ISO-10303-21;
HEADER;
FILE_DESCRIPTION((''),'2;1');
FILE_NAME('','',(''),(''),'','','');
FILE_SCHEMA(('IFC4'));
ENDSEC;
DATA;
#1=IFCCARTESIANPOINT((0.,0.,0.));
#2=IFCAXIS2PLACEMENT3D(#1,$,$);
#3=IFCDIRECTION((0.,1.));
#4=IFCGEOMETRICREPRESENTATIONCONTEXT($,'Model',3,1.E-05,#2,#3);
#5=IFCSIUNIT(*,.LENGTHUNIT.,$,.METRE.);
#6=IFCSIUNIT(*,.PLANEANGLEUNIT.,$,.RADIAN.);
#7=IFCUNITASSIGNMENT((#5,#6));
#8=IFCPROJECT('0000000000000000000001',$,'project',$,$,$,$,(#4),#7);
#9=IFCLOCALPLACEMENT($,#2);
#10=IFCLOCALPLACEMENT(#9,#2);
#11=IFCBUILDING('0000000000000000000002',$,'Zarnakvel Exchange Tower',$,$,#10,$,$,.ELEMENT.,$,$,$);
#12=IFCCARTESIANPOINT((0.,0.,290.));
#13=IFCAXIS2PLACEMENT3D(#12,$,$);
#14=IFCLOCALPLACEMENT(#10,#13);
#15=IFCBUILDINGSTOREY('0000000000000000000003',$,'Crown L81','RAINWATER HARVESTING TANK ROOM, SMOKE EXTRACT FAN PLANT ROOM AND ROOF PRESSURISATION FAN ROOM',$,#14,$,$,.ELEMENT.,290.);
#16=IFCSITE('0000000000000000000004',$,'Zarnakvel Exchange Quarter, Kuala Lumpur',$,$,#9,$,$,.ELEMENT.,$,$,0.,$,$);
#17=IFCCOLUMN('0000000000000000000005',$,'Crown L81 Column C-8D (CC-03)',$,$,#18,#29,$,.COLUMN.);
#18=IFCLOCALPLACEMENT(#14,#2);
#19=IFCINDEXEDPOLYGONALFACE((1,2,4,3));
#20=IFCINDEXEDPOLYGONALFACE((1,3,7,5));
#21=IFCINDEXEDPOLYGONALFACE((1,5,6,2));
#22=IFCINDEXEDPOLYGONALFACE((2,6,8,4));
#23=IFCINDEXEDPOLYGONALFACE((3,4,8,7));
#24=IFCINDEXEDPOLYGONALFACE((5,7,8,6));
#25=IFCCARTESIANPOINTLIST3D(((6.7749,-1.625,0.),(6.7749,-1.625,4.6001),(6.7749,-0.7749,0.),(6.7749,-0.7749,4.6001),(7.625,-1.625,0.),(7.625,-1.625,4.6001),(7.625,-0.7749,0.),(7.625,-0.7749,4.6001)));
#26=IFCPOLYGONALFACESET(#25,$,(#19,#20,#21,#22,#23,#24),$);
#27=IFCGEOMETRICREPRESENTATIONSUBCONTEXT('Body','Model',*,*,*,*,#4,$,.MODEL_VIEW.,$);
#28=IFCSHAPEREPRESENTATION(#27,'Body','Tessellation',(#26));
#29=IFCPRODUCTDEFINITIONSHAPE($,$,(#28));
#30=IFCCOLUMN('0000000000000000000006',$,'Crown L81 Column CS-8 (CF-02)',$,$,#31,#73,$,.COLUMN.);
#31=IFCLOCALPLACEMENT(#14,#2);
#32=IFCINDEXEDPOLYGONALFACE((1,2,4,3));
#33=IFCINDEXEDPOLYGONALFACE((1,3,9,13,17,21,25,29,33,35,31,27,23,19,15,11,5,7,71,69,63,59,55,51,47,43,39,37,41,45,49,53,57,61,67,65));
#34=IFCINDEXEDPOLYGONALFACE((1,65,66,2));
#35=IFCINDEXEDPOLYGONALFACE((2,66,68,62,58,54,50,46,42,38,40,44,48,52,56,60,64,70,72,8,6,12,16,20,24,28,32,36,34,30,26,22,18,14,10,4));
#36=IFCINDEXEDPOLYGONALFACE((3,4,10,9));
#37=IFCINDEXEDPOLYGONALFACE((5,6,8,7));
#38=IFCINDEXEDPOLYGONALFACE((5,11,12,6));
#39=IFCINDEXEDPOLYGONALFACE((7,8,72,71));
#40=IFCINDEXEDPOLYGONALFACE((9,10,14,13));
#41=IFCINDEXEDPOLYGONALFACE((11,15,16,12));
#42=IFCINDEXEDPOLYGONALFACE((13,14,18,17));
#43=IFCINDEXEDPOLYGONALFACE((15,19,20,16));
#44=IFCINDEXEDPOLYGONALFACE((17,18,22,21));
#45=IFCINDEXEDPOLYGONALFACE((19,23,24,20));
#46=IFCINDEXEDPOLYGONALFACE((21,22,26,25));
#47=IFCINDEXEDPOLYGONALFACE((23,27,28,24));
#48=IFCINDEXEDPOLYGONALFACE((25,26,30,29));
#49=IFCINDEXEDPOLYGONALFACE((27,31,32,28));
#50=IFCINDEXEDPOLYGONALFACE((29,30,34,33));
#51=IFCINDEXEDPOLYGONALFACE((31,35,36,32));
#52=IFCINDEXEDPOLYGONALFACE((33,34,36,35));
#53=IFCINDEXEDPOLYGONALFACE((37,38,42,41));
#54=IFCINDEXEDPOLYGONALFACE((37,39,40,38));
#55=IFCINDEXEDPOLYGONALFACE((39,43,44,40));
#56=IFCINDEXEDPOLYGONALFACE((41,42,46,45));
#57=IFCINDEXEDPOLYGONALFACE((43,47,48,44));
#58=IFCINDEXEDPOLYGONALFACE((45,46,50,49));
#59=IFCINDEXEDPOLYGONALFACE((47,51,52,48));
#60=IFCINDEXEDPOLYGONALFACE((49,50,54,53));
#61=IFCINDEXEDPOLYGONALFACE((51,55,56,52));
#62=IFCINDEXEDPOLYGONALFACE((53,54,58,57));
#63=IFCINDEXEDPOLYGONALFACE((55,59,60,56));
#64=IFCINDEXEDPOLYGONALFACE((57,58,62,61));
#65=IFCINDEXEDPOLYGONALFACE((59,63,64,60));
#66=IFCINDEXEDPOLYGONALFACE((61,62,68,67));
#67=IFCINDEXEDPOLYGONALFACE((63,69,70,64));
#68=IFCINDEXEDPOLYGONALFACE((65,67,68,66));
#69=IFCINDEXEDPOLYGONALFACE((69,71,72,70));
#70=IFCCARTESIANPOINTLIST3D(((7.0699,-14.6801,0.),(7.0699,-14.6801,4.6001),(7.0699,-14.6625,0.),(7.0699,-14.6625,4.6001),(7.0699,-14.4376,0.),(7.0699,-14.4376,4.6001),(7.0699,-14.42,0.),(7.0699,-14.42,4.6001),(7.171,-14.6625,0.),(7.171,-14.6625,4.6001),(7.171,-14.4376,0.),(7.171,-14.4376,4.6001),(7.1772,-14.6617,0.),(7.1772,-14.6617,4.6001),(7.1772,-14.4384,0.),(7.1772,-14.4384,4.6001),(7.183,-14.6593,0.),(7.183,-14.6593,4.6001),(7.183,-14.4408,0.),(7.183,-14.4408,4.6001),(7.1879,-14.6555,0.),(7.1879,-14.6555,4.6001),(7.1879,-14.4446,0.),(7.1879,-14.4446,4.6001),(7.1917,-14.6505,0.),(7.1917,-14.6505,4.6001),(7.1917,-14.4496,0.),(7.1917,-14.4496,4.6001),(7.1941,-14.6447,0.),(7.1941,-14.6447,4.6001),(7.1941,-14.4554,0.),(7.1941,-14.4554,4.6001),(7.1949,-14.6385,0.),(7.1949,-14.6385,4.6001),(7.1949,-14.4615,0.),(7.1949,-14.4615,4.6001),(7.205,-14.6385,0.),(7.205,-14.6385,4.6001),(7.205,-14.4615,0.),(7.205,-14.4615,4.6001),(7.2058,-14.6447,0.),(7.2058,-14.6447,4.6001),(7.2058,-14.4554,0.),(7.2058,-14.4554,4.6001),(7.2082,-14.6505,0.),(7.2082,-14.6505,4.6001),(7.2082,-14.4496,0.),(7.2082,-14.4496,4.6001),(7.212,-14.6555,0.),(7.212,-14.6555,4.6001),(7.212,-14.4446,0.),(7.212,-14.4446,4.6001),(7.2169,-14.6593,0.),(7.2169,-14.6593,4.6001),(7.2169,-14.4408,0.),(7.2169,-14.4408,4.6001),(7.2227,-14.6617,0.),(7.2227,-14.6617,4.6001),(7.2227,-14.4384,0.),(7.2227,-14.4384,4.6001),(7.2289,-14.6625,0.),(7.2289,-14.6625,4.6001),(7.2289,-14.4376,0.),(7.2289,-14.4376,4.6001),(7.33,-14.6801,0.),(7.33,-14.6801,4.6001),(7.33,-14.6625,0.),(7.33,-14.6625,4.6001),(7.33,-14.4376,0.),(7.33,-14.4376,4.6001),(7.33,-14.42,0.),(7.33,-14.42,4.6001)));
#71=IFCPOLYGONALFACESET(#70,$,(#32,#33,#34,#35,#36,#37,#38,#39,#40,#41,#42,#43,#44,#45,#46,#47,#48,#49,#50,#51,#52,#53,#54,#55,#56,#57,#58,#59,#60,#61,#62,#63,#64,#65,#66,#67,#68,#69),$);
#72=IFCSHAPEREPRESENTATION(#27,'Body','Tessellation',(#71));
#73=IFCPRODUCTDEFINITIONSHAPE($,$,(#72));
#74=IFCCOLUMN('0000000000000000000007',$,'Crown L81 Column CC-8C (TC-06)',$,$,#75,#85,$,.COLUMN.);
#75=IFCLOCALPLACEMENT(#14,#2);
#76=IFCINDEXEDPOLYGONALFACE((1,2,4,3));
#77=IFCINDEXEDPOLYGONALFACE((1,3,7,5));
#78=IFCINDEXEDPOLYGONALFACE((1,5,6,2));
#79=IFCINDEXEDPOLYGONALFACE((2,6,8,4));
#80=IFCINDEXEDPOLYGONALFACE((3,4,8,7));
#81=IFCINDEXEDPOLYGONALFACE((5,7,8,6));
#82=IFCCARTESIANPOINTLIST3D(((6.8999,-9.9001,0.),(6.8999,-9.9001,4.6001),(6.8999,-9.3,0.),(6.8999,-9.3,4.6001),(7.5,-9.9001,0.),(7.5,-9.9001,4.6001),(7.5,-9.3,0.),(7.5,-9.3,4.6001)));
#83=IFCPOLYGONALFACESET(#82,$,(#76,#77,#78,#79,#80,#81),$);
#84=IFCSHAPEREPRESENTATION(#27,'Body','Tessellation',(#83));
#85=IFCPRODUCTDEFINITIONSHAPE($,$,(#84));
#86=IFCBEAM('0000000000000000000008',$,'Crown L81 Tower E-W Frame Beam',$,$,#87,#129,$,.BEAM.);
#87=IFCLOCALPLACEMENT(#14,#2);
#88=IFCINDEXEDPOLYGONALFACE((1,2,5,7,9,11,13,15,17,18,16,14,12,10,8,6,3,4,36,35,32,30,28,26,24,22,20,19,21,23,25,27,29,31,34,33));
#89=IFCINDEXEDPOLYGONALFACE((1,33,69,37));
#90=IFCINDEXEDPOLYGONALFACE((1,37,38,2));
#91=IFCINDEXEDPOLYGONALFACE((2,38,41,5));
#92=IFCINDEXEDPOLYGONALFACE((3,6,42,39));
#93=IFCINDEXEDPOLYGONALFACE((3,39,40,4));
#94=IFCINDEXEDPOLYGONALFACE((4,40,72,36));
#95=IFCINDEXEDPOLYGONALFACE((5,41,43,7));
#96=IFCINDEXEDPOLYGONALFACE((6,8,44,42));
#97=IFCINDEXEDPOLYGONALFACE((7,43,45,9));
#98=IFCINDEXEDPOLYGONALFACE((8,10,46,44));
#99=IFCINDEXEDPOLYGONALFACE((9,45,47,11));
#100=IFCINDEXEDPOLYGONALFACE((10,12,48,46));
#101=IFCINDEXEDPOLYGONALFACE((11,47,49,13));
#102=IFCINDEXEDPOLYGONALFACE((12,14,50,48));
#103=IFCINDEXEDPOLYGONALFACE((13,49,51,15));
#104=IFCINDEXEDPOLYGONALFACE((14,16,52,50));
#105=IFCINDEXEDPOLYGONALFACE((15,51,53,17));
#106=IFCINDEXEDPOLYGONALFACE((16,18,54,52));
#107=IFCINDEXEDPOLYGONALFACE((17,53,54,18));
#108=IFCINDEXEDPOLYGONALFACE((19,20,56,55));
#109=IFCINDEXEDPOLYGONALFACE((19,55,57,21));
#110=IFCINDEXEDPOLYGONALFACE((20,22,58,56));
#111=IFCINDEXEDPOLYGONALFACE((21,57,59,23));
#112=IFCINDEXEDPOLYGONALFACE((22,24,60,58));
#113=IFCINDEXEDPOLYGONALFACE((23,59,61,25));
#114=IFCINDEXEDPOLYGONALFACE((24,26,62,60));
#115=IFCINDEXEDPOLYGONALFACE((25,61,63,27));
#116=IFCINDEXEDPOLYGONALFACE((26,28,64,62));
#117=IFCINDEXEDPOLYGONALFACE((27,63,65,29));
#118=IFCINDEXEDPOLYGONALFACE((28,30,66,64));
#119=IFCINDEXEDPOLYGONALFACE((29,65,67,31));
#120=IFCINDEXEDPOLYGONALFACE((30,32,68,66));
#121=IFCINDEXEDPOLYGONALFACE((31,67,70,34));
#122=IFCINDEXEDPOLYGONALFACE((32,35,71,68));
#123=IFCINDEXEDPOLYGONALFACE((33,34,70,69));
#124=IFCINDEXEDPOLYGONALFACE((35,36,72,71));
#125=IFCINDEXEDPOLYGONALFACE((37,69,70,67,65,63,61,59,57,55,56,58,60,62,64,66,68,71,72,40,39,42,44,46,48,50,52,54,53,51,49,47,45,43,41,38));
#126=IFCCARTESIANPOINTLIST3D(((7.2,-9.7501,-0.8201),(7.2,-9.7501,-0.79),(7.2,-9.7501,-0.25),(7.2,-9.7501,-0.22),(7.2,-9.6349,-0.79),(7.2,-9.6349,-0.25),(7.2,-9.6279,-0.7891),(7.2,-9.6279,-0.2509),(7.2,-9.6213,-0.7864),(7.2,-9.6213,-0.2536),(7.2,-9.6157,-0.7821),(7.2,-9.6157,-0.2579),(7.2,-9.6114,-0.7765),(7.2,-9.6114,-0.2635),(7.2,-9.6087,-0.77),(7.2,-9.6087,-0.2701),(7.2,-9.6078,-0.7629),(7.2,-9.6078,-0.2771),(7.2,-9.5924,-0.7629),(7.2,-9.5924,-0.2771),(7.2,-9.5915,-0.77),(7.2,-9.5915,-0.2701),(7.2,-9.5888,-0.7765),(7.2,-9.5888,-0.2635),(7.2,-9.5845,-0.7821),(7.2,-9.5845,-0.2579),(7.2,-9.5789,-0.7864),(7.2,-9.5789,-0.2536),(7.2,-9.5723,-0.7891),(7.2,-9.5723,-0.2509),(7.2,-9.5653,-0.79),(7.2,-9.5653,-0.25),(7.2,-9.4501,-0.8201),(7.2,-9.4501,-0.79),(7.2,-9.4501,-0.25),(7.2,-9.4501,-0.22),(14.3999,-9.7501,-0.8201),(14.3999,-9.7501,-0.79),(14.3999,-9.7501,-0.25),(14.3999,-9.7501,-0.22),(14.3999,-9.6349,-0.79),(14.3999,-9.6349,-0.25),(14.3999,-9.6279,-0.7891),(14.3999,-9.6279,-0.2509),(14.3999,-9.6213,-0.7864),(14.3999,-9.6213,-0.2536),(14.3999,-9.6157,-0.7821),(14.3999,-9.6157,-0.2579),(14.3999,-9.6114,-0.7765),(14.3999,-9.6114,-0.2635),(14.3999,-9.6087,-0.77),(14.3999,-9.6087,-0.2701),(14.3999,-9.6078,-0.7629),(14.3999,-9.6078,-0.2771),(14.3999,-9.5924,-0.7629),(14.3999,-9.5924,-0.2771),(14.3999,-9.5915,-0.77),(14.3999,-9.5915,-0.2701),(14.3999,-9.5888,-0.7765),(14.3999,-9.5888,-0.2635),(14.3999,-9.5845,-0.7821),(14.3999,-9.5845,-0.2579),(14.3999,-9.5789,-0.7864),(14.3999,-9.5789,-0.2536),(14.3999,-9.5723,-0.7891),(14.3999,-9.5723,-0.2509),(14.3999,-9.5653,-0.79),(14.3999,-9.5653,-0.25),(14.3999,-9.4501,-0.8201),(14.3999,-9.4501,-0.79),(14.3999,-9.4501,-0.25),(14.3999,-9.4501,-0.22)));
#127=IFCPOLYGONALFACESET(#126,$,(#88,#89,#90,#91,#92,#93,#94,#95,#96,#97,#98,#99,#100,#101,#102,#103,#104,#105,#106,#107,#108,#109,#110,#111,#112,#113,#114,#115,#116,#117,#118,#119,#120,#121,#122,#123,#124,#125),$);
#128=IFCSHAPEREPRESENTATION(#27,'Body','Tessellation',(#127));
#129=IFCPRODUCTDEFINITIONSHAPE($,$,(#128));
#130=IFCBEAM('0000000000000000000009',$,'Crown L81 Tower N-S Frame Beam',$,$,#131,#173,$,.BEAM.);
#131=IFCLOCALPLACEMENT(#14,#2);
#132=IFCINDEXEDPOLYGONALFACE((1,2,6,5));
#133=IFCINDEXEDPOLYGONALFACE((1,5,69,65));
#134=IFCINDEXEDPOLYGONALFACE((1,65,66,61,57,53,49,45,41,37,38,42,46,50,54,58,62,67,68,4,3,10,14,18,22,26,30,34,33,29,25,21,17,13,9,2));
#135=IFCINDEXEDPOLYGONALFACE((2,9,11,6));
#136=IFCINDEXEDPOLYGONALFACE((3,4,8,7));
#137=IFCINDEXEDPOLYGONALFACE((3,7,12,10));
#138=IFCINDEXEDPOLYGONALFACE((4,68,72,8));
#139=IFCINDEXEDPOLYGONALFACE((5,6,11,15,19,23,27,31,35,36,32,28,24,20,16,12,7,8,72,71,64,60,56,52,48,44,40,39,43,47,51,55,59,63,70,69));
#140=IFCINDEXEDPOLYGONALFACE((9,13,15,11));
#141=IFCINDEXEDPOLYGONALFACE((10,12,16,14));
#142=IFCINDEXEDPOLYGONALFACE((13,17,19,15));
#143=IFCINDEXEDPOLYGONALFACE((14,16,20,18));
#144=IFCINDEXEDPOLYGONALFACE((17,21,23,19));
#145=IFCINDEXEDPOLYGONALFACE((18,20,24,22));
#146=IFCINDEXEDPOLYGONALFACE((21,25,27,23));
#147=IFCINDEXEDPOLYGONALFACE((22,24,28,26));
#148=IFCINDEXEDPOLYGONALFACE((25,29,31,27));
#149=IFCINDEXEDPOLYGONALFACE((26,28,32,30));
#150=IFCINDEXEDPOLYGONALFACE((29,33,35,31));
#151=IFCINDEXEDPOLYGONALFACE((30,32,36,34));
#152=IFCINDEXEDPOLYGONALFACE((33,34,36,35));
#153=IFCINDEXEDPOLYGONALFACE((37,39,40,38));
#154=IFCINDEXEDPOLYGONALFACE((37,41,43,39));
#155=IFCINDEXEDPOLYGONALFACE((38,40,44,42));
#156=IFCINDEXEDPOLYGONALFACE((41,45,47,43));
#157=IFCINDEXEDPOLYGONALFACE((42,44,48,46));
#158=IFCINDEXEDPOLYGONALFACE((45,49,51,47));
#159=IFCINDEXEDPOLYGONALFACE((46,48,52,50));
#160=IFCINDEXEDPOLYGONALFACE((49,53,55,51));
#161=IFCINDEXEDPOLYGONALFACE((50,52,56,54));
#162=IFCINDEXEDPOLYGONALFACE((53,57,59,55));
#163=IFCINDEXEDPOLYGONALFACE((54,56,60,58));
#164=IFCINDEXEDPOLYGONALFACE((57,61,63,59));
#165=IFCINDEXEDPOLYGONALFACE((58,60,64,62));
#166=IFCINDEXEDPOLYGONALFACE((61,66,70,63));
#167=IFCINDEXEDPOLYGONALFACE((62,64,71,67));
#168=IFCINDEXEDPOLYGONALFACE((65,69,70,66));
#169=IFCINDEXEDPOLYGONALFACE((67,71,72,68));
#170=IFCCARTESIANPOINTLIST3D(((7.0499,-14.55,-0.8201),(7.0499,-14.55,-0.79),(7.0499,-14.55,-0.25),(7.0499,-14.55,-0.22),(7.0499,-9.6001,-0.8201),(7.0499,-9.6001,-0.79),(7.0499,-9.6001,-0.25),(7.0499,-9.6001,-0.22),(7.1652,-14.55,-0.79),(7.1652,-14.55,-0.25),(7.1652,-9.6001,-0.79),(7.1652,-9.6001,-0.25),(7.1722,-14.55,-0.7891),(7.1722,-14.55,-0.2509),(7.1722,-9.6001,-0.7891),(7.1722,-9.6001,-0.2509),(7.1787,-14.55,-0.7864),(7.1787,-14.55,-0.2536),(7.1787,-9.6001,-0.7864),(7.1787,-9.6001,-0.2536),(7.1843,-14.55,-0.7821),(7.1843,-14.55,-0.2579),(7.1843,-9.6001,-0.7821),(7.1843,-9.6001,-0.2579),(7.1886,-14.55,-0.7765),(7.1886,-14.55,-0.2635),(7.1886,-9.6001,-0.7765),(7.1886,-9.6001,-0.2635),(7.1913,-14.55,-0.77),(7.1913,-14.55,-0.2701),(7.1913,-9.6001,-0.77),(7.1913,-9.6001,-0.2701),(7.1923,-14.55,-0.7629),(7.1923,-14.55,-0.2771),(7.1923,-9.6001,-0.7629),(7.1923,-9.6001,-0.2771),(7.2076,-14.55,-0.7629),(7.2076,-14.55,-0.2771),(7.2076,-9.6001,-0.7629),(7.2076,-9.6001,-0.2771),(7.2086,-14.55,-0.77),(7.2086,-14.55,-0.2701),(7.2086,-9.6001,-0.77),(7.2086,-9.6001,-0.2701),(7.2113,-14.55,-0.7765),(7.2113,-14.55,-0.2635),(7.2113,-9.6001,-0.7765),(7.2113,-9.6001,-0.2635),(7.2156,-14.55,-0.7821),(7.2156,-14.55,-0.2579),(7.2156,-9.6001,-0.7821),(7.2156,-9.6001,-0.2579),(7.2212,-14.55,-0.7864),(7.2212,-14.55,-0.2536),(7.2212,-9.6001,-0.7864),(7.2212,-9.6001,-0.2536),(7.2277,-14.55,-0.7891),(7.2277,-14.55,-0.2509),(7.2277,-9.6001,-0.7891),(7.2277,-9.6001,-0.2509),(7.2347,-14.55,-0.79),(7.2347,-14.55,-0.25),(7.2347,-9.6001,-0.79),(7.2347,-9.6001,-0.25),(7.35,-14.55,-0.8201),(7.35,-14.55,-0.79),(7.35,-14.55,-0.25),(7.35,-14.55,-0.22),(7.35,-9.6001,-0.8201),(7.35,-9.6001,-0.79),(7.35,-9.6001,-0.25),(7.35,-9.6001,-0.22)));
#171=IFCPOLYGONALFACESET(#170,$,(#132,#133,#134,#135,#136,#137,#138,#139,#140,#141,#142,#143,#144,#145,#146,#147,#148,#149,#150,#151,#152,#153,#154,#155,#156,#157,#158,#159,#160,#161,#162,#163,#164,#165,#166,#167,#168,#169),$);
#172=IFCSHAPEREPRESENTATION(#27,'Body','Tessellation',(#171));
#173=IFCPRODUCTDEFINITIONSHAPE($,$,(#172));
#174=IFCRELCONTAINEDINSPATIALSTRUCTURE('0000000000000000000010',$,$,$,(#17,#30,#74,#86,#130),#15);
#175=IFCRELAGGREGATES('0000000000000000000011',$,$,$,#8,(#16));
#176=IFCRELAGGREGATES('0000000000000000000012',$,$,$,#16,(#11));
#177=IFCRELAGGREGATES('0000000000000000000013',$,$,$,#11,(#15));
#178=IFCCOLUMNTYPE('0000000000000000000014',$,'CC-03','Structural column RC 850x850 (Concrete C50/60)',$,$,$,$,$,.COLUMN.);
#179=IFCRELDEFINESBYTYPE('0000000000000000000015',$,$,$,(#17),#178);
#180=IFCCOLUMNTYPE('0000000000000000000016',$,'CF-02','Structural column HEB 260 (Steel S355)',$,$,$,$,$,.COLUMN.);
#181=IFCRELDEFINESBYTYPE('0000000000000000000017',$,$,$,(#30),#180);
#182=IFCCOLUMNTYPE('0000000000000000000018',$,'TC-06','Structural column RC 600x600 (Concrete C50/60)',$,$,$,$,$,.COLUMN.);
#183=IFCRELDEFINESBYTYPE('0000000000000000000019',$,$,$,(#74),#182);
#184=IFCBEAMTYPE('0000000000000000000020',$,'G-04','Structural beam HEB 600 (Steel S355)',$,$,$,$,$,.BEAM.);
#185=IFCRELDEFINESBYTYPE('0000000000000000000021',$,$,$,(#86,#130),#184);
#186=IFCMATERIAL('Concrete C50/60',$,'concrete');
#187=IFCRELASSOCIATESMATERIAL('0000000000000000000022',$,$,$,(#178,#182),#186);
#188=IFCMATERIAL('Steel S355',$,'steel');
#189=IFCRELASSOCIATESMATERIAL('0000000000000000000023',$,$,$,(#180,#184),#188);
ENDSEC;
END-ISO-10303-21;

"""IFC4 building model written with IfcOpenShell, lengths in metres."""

from ifc_helpers import new_model, si_unit, direction, frame, origin, origin_2d, place, context, subcontext, project, spatial, rectangle, i_section, extrude, material, material_profile, profile_set, type_object, element, save


model = new_model("IFC4")

# Units and contexts
model_context = context("Model", 3, precision=1e-05, world=origin(), true_north=direction((0.0, 1.0)))
body_context = subcontext(model_context, "Body", "Model", "MODEL_VIEW")
ifc_project = project(units=[si_unit("LENGTHUNIT", "METRE"), si_unit("PLANEANGLEUNIT", "RADIAN")], contexts=[model_context])

# Site, building, storey
site_placement = place(None, origin())
site = spatial("IfcSite", under=ifc_project, at=site_placement, Name="Zarnakvel Exchange Quarter, Kuala Lumpur", CompositionType="ELEMENT", RefElevation=0.0)
building_placement = place(site_placement, origin())
building = spatial("IfcBuilding", under=site, at=building_placement, Name="Zarnakvel Exchange Tower", CompositionType="ELEMENT")
storey_placement = place(building_placement, frame((0.0, 0.0, 290.0)))
storey = spatial("IfcBuildingStorey", under=building, at=storey_placement, Name="Crown L81", Description="RAINWATER HARVESTING TANK ROOM, SMOKE EXTRACT FAN PLANT ROOM AND ROOF PRESSURISATION FAN ROOM", CompositionType="ELEMENT", Elevation=290.0)

# Columns
ifc_material_1 = material(Name="Concrete C50/60", Category="concrete")
ifc_material_profile_1 = material_profile(ifc_material_1, rectangle(XDim=0.8501, YDim=0.8501, at=origin_2d()))
ifc_profile_set_1 = profile_set([ifc_material_profile_1], Name="Concrete C50/60")
column_type_1 = type_object("IfcColumnType", Name="CC-03", Description="Structural column RC 850x850 (Concrete C50/60)", PredefinedType="COLUMN", material=ifc_profile_set_1)
column_1_placement = place(storey_placement, frame((7.2, -1.2, 0.0), z_axis=(0.0, 0.0, 1.0), x_axis=(1.0, 0.0, 0.0)))
element("IfcColumn", 1, at=column_1_placement, inside=storey, type_object=column_type_1, Name="Crown L81 Column C-8D (CC-03)", PredefinedType="COLUMN", context=body_context, shape_type="SweptSolid", body=[
    extrude(rectangle(XDim=0.8501, YDim=0.8501, at=origin_2d()), origin(), (0.0, 0.0, 1.0), 4.6001),
])
ifc_material_2 = material(Name="Steel S355", Category="steel")
ifc_material_profile_2 = material_profile(ifc_material_2, i_section(OverallWidth=0.26, OverallDepth=0.26, WebThickness=0.01, FlangeThickness=0.0176, FilletRadius=0.0239, at=origin_2d()))
ifc_profile_set_2 = profile_set([ifc_material_profile_2], Name="Steel S355")
column_type_2 = type_object("IfcColumnType", Name="CF-02", Description="Structural column HEB 260 (Steel S355)", PredefinedType="COLUMN", material=ifc_profile_set_2)
column_2_placement = place(storey_placement, frame((7.2, -14.55, 0.0), z_axis=(0.0, 0.0, 1.0), x_axis=(1.0, 0.0, 0.0)))
element("IfcColumn", 2, at=column_2_placement, inside=storey, type_object=column_type_2, Name="Crown L81 Column CS-8 (CF-02)", PredefinedType="COLUMN", context=body_context, shape_type="SweptSolid", body=[
    extrude(i_section(OverallWidth=0.26, OverallDepth=0.26, WebThickness=0.01, FlangeThickness=0.0176, FilletRadius=0.0239, at=origin_2d()), origin(), (0.0, 0.0, 1.0), 4.6001),
])
ifc_material_profile_3 = material_profile(ifc_material_1, rectangle(XDim=0.6001, YDim=0.6001, at=origin_2d()))
ifc_profile_set_3 = profile_set([ifc_material_profile_3], Name="Concrete C50/60")
column_type_3 = type_object("IfcColumnType", Name="TC-06", Description="Structural column RC 600x600 (Concrete C50/60)", PredefinedType="COLUMN", material=ifc_profile_set_3)
column_3_placement = place(storey_placement, frame((7.2, -9.6001, 0.0), z_axis=(0.0, 0.0, 1.0), x_axis=(1.0, 0.0, 0.0)))
element("IfcColumn", 3, at=column_3_placement, inside=storey, type_object=column_type_3, Name="Crown L81 Column CC-8C (TC-06)", PredefinedType="COLUMN", context=body_context, shape_type="SweptSolid", body=[
    extrude(rectangle(XDim=0.6001, YDim=0.6001, at=origin_2d()), origin(), (0.0, 0.0, 1.0), 4.6001),
])

# Beams
ifc_material_profile_4 = material_profile(ifc_material_2, i_section(OverallWidth=0.3, OverallDepth=0.6001, WebThickness=0.0154, FlangeThickness=0.03, FilletRadius=0.0271, at=origin_2d()))
ifc_profile_set_4 = profile_set([ifc_material_profile_4], Name="Steel S355")
beam_type_1 = type_object("IfcBeamType", Name="G-04", Description="Structural beam HEB 600 (Steel S355)", PredefinedType="BEAM", material=ifc_profile_set_4)
beam_1_placement = place(storey_placement, frame((7.2, -9.6001, -0.52), z_axis=(1.0, 0.0, 0.0), x_axis=(0.0, 1.0, 0.0)))
element("IfcBeam", 4, at=beam_1_placement, inside=storey, type_object=beam_type_1, Name="Crown L81 Tower E-W Frame Beam", PredefinedType="BEAM", context=body_context, shape_type="SweptSolid", body=[
    extrude(i_section(OverallWidth=0.3, OverallDepth=0.6001, WebThickness=0.0154, FlangeThickness=0.03, FilletRadius=0.0271, at=origin_2d()), origin(), (0.0, 0.0, 1.0), 7.2),
])
beam_2_placement = place(storey_placement, frame((7.2, -14.55, -0.52), z_axis=(0.0, 1.0, 0.0), x_axis=(-1.0, 0.0, 0.0)))
element("IfcBeam", 5, at=beam_2_placement, inside=storey, type_object=beam_type_1, Name="Crown L81 Tower N-S Frame Beam", PredefinedType="BEAM", context=body_context, shape_type="SweptSolid", body=[
    extrude(i_section(OverallWidth=0.3, OverallDepth=0.6001, WebThickness=0.0154, FlangeThickness=0.03, FilletRadius=0.0271, at=origin_2d()), origin(), (0.0, 0.0, 1.0), 4.95),
])

save(model, "model.ifc")
